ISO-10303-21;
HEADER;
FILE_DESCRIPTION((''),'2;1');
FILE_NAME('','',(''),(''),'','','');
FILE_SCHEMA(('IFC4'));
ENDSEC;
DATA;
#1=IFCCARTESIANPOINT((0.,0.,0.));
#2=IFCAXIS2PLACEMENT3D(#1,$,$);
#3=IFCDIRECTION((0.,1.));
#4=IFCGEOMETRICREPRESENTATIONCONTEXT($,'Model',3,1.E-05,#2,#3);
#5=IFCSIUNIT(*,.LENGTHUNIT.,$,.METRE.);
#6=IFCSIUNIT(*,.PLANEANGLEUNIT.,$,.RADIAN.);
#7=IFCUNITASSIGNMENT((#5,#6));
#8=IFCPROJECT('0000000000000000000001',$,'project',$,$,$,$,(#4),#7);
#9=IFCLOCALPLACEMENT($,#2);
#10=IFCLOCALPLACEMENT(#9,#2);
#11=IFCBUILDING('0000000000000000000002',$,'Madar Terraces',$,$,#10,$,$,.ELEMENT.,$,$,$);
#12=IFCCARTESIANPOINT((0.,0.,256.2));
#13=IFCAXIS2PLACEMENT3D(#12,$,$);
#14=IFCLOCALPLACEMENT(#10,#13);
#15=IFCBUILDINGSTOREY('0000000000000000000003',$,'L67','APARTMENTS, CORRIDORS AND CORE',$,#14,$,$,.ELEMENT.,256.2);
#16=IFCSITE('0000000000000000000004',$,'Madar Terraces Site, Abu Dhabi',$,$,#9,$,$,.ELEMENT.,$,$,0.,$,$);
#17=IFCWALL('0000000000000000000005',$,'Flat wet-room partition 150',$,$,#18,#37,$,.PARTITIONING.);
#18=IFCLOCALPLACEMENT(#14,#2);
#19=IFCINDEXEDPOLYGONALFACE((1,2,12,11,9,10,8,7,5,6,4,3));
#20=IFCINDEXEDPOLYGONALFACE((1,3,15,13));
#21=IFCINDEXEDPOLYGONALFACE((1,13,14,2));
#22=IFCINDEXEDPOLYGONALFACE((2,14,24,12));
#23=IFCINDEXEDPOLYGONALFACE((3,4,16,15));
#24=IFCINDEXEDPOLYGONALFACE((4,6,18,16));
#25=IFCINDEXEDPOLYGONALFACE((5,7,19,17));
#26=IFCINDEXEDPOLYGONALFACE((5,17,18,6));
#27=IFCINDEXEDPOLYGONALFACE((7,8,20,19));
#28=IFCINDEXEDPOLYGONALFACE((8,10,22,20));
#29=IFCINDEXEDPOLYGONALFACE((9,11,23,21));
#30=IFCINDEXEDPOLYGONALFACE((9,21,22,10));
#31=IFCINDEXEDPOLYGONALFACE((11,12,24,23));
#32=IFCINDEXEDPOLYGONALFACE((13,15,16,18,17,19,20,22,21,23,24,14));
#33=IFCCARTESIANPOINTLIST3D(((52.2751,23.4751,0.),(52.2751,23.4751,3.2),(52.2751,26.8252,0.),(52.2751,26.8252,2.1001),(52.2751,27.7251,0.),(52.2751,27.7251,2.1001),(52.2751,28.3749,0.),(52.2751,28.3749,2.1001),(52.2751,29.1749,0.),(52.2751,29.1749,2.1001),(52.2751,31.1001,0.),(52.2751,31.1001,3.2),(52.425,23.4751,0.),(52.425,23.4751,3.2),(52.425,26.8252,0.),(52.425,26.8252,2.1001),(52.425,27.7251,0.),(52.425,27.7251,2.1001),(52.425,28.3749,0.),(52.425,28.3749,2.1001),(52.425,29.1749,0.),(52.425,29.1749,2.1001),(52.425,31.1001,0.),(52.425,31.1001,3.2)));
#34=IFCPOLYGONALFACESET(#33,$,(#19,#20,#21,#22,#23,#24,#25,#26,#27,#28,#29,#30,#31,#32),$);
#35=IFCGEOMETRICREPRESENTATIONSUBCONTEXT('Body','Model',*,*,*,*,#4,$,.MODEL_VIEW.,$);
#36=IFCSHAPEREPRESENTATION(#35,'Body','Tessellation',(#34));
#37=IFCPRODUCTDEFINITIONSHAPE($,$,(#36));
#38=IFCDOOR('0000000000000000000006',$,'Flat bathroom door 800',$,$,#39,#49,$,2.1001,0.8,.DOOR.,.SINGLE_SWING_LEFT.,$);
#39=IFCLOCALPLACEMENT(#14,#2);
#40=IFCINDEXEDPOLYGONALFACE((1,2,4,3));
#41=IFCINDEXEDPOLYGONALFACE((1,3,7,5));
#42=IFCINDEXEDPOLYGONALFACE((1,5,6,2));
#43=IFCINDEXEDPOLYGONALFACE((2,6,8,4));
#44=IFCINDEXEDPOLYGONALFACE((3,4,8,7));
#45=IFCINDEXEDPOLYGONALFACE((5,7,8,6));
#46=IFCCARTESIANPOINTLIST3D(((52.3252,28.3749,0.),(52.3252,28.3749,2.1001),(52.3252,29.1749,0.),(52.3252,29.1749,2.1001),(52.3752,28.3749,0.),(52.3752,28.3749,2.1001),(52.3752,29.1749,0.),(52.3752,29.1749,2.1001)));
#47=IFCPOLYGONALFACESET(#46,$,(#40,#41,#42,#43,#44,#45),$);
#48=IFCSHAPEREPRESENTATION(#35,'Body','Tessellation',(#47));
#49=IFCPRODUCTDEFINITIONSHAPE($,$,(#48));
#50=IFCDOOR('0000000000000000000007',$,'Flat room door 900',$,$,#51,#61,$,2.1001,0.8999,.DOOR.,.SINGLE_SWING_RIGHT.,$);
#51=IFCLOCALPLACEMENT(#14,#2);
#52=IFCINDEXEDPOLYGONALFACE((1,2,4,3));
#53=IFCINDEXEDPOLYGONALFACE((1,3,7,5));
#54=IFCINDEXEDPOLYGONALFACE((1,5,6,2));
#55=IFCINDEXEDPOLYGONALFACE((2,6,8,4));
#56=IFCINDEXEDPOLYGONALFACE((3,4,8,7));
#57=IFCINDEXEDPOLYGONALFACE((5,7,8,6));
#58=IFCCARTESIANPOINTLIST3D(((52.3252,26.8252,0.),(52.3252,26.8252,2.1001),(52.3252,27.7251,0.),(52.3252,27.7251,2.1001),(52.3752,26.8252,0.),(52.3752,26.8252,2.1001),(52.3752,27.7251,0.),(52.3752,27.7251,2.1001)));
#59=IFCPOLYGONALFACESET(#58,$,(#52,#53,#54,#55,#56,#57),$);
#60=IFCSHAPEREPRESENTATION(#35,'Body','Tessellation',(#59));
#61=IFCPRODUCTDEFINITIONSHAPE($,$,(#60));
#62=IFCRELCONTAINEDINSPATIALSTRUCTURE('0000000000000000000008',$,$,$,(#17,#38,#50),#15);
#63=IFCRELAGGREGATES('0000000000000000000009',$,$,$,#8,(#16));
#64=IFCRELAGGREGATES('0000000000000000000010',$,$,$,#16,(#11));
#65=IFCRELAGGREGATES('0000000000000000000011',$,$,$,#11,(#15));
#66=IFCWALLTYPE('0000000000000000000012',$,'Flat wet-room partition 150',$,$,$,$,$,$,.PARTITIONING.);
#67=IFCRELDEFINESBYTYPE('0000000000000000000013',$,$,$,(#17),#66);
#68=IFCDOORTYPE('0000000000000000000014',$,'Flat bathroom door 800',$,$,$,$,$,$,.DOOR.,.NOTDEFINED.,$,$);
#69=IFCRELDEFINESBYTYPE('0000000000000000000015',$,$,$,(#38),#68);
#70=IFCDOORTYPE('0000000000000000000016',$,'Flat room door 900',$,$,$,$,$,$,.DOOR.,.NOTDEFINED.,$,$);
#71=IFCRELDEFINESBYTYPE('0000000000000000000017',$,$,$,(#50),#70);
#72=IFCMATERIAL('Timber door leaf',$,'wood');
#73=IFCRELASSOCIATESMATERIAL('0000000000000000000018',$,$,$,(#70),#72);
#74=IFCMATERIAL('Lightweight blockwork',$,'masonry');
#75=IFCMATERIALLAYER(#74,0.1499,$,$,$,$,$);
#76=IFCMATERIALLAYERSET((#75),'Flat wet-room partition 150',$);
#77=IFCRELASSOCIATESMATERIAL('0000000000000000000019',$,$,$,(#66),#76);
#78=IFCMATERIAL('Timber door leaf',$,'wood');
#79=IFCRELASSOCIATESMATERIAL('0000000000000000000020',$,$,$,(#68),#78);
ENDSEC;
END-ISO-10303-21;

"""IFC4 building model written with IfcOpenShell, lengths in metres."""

from ifc_helpers import new_model, si_unit, direction, frame, frame_2d, origin, place, context, subcontext, project, spatial, rectangle, extrude, material, layer, layer_set, type_object, element, fill, save


model = new_model("IFC4")

# Units and contexts
model_context = context("Model", 3, precision=1e-05, world=origin(), true_north=direction((0.0, 1.0)))
body_context = subcontext(model_context, "Body", "Model", "MODEL_VIEW")
ifc_project = project(units=[si_unit("LENGTHUNIT", "METRE"), si_unit("PLANEANGLEUNIT", "RADIAN")], contexts=[model_context])

# Site, building, storey
site_placement = place(None, origin())
site = spatial("IfcSite", under=ifc_project, at=site_placement, Name="Madar Terraces Site, Abu Dhabi", CompositionType="ELEMENT", RefElevation=0.0)
building_placement = place(site_placement, origin())
building = spatial("IfcBuilding", under=site, at=building_placement, Name="Madar Terraces", CompositionType="ELEMENT")
storey_placement = place(building_placement, frame((0.0, 0.0, 256.2)))
storey = spatial("IfcBuildingStorey", under=building, at=storey_placement, Name="L67", Description="APARTMENTS, CORRIDORS AND CORE", CompositionType="ELEMENT", Elevation=256.2)

# Shared definitions
ifc_material_1 = material(Name="Timber door leaf", Category="wood")
door_type_1 = type_object("IfcDoorType", Name="Flat room door 900", OperationType="NOTDEFINED", PredefinedType="DOOR", material=ifc_material_1)

# Shared definitions
ifc_material_2 = material(Name="Lightweight blockwork", Category="masonry")
ifc_layer_1 = layer(ifc_material_2, 0.1499)
ifc_layer_set_1 = layer_set([ifc_layer_1], Name="Flat wet-room partition 150")
wall_type_1 = type_object("IfcWallType", Name="Flat wet-room partition 150", PredefinedType="PARTITIONING", material=ifc_layer_set_1)

# Wall, openings, doors
wall_1_placement = place(storey_placement, frame((52.3501, 23.4751, 0.0), z_axis=(0.0, 0.0, 1.0), x_axis=(0.0, 1.0, 0.0)))
wall_1 = element("IfcWall", 1, at=wall_1_placement, inside=storey, type_object=wall_type_1, Name="Flat wet-room partition 150", PredefinedType="PARTITIONING", context=body_context, shape_type="SweptSolid", body=[
    extrude(rectangle(XDim=7.625, YDim=0.1499, at=frame_2d((3.8125, 0.0))), origin(), (0.0, 0.0, 1.0), 3.2),
])
opening_1_placement = place(wall_1_placement, frame((3.3501, 0.0, 0.0)))
opening_1 = element("IfcOpeningElement", 2, at=opening_1_placement, cuts=wall_1, PredefinedType="OPENING", context=body_context, shape_type="SweptSolid", body=[
    extrude(rectangle(XDim=0.8999, YDim=2.1001, at=frame_2d((0.45, 1.05))), frame((0.0, 0.085, 0.0), z_axis=(0.0, -1.0, 0.0), x_axis=(1.0, 0.0, 0.0)), (0.0, 0.0, 1.0), 0.1699),
])
opening_2_placement = place(wall_1_placement, frame((4.8999, 0.0, 0.0)))
opening_2 = element("IfcOpeningElement", 3, at=opening_2_placement, cuts=wall_1, PredefinedType="OPENING", context=body_context, shape_type="SweptSolid", body=[
    extrude(rectangle(XDim=0.8, YDim=2.1001, at=frame_2d((0.3999, 1.05))), frame((0.0, 0.085, 0.0), z_axis=(0.0, -1.0, 0.0), x_axis=(1.0, 0.0, 0.0)), (0.0, 0.0, 1.0), 0.1699),
])
ifc_material_3 = material(Name="Timber door leaf", Category="wood")
door_type_2 = type_object("IfcDoorType", Name="Flat bathroom door 800", OperationType="NOTDEFINED", PredefinedType="DOOR", material=ifc_material_3)
door_1_placement = place(opening_2_placement, origin())
door_1 = element("IfcDoor", 4, at=door_1_placement, inside=storey, type_object=door_type_2, Name="Flat bathroom door 800", OperationType="SINGLE_SWING_LEFT", OverallHeight=2.1001, OverallWidth=0.8, PredefinedType="DOOR", context=body_context, shape_type="SweptSolid", body=[
    extrude(rectangle(XDim=0.8, YDim=2.1001, at=frame_2d((0.3999, 1.05))), frame((0.0, 0.0249, 0.0), z_axis=(0.0, -1.0, 0.0), x_axis=(1.0, 0.0, 0.0)), (0.0, 0.0, 1.0), 0.05),
])
fill(opening_2, door_1)
door_2_placement = place(opening_1_placement, origin())
door_2 = element("IfcDoor", 5, at=door_2_placement, inside=storey, type_object=door_type_1, Name="Flat room door 900", OperationType="SINGLE_SWING_RIGHT", OverallHeight=2.1001, OverallWidth=0.8999, PredefinedType="DOOR", context=body_context, shape_type="SweptSolid", body=[
    extrude(rectangle(XDim=0.8999, YDim=2.1001, at=frame_2d((0.45, 1.05))), frame((0.0, 0.0249, 0.0), z_axis=(0.0, -1.0, 0.0), x_axis=(1.0, 0.0, 0.0)), (0.0, 0.0, 1.0), 0.05),
])
fill(opening_1, door_2)

save(model, "model.ifc")
